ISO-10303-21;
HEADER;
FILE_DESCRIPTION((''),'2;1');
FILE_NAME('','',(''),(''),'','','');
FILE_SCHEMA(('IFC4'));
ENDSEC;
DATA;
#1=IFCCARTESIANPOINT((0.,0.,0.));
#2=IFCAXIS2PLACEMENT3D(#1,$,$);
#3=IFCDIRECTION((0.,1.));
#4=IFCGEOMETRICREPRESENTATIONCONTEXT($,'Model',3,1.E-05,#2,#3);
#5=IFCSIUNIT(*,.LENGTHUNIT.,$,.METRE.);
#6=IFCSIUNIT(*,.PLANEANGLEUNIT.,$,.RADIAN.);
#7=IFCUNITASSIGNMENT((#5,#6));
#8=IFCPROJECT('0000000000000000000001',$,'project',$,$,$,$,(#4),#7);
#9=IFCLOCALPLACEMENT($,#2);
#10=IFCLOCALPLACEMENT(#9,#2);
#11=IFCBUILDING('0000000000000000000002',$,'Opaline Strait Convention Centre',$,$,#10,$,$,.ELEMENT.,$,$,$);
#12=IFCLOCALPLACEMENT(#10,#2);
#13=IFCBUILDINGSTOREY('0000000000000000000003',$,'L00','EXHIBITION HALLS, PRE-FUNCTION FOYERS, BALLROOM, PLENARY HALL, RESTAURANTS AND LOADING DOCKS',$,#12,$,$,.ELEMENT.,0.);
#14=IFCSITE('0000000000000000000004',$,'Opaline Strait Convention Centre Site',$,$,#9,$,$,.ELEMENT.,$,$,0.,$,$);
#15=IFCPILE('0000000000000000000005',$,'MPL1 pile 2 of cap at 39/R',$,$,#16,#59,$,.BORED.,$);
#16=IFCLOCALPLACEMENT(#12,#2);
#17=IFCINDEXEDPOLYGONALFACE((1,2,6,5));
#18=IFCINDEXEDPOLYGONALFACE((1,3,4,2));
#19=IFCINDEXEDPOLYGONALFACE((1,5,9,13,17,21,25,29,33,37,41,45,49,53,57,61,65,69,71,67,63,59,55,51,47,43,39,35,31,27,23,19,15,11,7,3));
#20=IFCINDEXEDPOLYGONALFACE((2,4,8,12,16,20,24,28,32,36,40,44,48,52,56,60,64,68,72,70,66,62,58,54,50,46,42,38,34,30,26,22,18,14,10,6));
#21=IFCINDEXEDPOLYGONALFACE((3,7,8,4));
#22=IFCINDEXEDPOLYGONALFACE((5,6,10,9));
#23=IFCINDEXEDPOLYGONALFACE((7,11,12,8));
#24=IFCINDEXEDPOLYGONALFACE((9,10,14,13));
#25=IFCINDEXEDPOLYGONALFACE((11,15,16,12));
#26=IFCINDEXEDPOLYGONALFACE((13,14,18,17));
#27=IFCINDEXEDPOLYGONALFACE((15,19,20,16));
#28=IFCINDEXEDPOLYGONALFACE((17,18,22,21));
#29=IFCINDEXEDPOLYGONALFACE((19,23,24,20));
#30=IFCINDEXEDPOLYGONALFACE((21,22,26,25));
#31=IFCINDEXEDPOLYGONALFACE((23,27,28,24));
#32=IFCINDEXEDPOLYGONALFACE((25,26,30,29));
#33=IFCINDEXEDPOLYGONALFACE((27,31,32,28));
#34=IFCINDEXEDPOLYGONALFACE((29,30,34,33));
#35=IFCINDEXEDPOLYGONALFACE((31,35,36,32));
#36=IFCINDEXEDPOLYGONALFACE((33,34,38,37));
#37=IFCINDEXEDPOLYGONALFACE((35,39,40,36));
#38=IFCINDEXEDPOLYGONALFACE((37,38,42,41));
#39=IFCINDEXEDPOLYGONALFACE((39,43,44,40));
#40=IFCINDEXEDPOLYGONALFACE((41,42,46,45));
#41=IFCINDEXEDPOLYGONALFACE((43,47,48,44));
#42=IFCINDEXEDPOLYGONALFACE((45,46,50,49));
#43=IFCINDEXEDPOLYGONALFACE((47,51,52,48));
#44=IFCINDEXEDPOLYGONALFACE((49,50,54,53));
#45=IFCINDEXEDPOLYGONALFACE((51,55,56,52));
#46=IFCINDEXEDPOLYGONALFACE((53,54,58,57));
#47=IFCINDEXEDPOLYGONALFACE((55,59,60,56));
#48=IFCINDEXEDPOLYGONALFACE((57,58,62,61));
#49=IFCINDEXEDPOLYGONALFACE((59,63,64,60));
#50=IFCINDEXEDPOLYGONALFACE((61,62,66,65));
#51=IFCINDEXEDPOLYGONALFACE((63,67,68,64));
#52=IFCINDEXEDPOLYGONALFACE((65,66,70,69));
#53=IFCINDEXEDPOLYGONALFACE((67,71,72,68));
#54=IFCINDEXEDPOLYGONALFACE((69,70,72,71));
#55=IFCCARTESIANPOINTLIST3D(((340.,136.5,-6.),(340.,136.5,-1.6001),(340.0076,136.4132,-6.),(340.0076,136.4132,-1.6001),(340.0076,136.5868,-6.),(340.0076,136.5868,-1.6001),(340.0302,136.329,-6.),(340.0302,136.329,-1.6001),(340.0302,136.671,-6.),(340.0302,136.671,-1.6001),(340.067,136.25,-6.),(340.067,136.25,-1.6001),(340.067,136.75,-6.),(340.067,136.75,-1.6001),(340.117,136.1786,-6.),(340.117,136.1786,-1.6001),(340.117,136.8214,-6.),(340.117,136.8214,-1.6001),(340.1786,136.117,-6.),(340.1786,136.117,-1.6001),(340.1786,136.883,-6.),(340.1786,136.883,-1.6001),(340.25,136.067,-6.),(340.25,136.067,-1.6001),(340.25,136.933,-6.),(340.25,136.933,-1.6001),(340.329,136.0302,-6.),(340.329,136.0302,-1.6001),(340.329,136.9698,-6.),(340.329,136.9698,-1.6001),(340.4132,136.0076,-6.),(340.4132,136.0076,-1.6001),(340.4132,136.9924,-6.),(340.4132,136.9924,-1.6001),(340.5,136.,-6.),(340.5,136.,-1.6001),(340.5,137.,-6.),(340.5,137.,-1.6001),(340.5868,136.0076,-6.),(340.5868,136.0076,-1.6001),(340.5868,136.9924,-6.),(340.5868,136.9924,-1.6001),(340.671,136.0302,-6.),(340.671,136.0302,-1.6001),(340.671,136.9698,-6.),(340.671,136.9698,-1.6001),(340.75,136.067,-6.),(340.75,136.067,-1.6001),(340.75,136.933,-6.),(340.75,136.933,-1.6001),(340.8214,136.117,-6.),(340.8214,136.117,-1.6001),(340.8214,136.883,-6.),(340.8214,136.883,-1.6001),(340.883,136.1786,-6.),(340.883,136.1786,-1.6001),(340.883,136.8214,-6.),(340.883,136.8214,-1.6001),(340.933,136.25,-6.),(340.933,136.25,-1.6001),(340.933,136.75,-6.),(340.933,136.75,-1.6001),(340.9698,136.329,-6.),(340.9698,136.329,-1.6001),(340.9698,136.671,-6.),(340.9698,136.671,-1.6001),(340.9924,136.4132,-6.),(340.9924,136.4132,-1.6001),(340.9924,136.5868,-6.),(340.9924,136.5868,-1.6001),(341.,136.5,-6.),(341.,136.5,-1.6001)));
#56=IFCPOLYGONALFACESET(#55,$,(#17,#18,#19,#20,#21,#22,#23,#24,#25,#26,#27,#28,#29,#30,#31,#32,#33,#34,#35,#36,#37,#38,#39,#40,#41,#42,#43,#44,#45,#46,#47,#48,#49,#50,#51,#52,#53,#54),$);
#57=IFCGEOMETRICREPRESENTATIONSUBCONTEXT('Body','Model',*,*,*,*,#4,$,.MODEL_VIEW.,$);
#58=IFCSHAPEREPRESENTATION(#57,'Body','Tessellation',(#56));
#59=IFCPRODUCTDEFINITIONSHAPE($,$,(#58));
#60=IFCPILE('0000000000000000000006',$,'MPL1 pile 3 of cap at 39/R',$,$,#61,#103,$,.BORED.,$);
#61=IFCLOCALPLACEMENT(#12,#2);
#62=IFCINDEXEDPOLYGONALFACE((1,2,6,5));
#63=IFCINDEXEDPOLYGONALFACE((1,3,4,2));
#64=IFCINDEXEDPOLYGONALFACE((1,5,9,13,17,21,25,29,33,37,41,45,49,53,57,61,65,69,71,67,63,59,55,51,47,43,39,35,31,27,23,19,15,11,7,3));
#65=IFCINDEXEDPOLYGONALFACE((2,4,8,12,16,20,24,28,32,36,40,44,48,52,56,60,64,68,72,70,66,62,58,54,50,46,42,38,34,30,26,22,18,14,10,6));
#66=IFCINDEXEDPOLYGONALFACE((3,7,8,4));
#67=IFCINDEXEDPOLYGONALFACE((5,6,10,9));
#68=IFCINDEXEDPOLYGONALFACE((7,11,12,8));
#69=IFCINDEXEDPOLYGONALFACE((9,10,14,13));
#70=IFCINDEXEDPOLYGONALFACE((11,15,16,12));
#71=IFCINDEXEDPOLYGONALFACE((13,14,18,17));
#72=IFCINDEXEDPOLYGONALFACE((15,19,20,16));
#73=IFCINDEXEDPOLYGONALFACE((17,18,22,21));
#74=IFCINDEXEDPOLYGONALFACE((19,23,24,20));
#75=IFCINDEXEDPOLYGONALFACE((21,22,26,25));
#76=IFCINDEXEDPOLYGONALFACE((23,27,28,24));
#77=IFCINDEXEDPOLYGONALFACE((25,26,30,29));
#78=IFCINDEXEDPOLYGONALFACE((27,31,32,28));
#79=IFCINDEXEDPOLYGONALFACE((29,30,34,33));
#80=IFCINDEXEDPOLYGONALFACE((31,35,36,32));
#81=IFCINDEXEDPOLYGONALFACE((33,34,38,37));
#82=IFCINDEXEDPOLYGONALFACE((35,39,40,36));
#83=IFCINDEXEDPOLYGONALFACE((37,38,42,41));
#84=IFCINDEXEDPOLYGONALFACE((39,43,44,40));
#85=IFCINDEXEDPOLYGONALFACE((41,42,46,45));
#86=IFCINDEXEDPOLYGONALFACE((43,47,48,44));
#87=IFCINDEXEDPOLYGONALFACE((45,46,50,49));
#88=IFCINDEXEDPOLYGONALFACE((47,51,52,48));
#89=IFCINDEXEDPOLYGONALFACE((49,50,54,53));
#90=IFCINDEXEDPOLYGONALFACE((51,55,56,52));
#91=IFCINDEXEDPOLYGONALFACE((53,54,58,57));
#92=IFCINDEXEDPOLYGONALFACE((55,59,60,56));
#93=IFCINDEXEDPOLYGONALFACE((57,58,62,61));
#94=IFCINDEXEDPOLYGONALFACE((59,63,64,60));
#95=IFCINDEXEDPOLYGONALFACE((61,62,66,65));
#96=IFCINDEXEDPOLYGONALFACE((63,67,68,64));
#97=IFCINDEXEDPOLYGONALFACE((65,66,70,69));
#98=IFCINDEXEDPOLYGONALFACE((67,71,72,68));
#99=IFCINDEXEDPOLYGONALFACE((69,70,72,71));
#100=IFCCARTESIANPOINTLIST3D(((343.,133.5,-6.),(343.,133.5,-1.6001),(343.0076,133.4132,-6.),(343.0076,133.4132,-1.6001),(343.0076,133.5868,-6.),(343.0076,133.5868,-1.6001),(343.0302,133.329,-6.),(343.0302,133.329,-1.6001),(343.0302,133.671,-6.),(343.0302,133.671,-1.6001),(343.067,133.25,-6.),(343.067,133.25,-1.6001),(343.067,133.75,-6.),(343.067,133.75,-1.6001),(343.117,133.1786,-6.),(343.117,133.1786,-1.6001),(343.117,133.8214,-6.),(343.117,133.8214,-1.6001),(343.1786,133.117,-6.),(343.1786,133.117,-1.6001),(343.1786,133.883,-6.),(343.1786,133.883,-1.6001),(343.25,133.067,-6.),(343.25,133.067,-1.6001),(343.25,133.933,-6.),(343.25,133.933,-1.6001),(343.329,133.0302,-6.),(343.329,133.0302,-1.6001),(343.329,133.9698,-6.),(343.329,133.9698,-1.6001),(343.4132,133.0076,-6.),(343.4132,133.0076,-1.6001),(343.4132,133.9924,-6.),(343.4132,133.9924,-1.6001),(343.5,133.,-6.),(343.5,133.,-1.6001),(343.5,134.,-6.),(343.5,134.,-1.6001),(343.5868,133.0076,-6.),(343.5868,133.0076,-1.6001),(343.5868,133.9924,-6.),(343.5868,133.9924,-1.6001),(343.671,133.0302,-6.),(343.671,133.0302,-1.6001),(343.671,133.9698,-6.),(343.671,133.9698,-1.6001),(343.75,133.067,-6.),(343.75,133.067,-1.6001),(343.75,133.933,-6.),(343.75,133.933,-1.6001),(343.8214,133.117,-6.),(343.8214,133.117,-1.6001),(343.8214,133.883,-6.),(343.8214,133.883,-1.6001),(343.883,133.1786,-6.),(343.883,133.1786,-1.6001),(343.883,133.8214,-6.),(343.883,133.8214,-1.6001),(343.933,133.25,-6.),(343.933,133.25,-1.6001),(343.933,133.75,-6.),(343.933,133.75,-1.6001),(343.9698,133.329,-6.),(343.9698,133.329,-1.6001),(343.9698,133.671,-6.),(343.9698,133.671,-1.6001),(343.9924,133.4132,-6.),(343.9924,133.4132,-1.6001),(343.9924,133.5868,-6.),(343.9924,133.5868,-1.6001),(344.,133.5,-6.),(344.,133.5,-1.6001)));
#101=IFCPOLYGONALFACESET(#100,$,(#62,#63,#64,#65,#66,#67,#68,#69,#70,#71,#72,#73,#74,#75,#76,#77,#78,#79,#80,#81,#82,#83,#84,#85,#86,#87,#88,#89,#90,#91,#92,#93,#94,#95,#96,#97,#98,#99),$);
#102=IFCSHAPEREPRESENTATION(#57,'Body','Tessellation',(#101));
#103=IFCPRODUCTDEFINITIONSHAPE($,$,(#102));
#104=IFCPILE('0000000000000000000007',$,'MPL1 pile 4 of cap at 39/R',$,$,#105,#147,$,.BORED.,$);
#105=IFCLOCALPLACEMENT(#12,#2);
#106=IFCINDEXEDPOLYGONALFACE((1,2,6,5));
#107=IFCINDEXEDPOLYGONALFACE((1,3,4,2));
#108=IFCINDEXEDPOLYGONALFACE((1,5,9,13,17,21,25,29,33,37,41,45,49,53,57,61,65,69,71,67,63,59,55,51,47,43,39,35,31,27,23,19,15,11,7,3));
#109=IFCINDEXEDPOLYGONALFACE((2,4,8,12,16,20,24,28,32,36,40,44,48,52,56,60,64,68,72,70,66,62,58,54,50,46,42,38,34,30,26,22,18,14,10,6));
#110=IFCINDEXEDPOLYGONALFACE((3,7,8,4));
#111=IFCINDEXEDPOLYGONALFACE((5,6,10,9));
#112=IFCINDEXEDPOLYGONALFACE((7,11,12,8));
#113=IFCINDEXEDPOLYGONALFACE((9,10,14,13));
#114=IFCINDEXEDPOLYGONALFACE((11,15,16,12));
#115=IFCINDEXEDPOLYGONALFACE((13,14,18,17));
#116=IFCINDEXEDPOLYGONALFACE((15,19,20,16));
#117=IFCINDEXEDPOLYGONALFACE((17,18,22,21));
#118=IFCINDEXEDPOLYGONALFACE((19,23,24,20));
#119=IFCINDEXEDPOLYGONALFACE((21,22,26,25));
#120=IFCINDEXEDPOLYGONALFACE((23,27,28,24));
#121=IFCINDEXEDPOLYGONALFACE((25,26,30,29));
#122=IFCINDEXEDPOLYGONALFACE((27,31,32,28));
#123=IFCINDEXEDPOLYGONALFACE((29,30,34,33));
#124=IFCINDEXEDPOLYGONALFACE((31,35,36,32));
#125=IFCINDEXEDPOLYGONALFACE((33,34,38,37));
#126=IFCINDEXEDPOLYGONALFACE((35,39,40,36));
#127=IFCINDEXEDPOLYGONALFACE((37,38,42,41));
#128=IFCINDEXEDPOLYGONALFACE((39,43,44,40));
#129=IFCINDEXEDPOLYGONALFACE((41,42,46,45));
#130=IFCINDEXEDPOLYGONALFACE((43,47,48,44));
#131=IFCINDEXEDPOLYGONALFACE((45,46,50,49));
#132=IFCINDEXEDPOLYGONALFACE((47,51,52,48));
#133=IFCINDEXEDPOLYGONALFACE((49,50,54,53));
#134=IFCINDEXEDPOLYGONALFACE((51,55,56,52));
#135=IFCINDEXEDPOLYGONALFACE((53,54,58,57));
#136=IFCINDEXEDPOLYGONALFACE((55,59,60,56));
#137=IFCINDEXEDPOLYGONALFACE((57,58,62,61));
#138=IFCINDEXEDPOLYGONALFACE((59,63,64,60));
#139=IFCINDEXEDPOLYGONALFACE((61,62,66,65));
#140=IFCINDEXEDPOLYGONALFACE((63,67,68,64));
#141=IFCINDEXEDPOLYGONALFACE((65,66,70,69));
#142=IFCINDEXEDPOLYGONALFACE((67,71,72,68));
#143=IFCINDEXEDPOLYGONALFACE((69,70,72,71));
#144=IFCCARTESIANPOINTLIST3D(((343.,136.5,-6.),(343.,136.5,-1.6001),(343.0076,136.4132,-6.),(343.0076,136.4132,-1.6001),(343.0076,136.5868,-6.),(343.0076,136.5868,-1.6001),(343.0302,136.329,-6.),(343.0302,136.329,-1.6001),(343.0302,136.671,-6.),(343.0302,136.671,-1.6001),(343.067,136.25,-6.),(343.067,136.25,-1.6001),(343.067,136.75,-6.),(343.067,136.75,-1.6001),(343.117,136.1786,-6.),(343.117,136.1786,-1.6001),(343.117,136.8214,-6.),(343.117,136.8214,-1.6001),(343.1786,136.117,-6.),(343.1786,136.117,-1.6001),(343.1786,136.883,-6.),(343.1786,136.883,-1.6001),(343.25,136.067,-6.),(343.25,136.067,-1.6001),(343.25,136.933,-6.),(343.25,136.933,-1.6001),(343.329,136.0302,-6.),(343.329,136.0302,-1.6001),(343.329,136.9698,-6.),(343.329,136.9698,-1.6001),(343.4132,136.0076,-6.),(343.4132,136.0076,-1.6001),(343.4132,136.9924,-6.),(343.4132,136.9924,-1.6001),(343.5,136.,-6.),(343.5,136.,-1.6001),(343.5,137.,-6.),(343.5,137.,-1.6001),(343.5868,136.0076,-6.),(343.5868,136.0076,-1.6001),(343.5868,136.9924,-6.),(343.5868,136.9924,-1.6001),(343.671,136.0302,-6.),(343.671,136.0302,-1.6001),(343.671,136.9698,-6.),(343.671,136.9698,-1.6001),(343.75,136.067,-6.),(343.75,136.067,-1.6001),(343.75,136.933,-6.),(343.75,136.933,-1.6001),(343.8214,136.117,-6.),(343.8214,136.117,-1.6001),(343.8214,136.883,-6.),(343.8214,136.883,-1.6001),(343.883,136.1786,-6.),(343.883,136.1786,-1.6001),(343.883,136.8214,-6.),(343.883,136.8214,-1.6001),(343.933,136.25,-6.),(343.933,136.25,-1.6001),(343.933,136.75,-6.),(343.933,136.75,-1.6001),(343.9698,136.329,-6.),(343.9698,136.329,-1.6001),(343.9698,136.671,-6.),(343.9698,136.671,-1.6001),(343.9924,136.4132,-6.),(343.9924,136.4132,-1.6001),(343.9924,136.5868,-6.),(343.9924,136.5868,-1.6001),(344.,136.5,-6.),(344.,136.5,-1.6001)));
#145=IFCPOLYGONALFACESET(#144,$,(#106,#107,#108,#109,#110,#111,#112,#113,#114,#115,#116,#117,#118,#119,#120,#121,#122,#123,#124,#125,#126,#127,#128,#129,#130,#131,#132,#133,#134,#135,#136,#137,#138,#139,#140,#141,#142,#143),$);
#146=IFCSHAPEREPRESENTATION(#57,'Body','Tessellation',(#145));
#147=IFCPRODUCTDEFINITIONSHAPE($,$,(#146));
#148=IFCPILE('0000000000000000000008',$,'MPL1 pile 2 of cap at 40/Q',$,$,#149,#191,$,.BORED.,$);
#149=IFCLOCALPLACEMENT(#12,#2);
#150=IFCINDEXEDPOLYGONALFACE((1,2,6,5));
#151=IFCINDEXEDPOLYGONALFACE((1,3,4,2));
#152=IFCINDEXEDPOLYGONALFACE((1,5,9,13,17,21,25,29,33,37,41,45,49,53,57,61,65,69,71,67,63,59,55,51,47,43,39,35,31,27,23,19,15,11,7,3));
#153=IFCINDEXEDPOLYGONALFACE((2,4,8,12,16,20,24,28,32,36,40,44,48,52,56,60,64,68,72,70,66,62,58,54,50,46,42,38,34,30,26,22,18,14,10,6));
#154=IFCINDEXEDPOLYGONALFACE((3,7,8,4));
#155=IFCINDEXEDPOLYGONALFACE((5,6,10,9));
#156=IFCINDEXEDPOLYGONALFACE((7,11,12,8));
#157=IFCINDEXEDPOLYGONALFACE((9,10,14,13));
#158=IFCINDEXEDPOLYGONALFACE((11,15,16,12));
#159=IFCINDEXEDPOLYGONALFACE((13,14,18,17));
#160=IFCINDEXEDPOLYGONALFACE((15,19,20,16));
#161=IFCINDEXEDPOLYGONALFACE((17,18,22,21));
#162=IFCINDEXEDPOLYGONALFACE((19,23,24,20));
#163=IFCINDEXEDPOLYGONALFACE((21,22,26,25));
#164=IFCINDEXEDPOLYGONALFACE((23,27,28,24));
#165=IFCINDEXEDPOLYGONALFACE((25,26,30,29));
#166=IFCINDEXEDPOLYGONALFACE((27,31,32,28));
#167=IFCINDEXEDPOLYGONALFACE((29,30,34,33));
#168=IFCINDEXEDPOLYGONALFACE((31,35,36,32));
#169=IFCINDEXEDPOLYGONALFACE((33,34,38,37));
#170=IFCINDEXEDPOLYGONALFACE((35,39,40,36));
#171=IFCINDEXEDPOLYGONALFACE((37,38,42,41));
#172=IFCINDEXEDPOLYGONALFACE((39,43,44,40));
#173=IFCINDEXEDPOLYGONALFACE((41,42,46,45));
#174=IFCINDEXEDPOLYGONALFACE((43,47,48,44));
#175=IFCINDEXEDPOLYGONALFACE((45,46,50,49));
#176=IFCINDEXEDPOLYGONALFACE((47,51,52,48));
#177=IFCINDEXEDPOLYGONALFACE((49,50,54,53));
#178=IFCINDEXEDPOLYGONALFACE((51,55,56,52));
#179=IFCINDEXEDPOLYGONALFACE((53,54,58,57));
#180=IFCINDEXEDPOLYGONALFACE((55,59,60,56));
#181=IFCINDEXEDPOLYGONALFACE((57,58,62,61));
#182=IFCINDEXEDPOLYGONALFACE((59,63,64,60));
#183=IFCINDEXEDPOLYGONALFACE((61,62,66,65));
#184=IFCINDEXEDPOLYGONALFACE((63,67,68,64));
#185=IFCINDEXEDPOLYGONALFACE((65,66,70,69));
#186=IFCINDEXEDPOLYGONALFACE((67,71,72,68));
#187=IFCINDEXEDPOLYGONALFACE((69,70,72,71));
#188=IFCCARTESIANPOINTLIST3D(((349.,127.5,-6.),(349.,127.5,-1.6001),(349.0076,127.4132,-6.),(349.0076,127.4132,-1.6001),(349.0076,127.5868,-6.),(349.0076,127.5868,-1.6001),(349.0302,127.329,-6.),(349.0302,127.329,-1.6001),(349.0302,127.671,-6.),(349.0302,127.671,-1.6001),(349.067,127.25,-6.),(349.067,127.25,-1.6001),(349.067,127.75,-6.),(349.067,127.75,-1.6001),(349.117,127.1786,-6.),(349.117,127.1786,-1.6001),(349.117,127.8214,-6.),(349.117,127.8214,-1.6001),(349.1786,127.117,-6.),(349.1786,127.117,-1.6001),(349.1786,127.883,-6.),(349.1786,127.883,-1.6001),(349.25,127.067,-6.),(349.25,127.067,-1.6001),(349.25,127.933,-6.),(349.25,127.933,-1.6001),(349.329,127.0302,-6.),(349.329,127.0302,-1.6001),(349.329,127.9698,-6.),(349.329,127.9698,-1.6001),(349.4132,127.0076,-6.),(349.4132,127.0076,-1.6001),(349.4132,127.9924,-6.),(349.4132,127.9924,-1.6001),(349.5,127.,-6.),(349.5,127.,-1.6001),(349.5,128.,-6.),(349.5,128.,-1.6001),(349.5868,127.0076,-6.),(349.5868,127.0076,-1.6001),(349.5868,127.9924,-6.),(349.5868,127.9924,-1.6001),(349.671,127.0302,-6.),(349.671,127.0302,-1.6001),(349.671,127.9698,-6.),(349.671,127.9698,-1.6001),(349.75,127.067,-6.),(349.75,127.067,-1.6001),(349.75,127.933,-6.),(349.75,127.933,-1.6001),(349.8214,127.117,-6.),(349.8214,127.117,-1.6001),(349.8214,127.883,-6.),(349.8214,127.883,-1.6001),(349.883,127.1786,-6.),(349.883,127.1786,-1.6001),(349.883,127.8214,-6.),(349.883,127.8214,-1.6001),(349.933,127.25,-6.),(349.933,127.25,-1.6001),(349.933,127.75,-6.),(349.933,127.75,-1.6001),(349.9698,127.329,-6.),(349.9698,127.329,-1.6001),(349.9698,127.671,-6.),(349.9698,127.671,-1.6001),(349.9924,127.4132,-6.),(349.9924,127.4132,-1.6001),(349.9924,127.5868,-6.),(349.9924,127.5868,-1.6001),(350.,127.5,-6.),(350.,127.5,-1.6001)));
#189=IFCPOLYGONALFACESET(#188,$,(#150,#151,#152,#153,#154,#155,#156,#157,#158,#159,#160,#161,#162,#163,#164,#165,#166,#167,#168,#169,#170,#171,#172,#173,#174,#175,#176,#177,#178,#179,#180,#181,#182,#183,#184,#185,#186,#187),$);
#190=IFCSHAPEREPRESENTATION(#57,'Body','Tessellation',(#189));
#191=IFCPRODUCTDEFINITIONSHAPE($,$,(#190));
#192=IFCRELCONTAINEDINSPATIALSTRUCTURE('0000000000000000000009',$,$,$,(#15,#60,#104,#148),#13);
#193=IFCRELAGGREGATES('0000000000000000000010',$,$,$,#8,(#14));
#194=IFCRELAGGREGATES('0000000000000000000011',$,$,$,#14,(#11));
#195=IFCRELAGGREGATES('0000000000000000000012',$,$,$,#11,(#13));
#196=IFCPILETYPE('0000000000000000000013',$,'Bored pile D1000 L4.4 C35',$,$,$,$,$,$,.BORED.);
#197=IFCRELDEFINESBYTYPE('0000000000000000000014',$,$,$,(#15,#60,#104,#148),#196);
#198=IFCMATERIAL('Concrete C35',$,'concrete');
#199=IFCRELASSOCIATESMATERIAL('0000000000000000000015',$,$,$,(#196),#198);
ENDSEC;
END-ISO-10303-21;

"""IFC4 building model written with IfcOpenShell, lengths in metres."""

from ifc_helpers import new_model, si_unit, direction, frame, origin, origin_2d, place, context, subcontext, project, spatial, circle, extrude, material, material_profile, profile_set, type_object, element, save


model = new_model("IFC4")

# Units and contexts
model_context = context("Model", 3, precision=1e-05, world=origin(), true_north=direction((0.0, 1.0)))
body_context = subcontext(model_context, "Body", "Model", "MODEL_VIEW")
ifc_project = project(units=[si_unit("LENGTHUNIT", "METRE"), si_unit("PLANEANGLEUNIT", "RADIAN")], contexts=[model_context])

# Site, building, storey
site_placement = place(None, origin())
site = spatial("IfcSite", under=ifc_project, at=site_placement, Name="Opaline Strait Convention Centre Site", CompositionType="ELEMENT", RefElevation=0.0)
building_placement = place(site_placement, origin())
building = spatial("IfcBuilding", under=site, at=building_placement, Name="Opaline Strait Convention Centre", CompositionType="ELEMENT")
storey_placement = place(building_placement, origin())
storey = spatial("IfcBuildingStorey", under=building, at=storey_placement, Name="L00", Description="EXHIBITION HALLS, PRE-FUNCTION FOYERS, BALLROOM, PLENARY HALL, RESTAURANTS AND LOADING DOCKS", CompositionType="ELEMENT", Elevation=0.0)

# Piles
ifc_material_1 = material(Name="Concrete C35", Category="concrete")
ifc_material_profile_1 = material_profile(ifc_material_1, circle(Radius=0.5, at=origin_2d()), Name="D1000")
ifc_profile_set_1 = profile_set([ifc_material_profile_1], Name="Concrete C35")
pile_type = type_object("IfcPileType", Name="Bored pile D1000 L4.4 C35", PredefinedType="BORED", material=ifc_profile_set_1)
for number, where, z_axis, x_axis, name in (
    (1, (340.5, 136.5, -1.6001), (0.0, 0.0, -1.0), (1.0, 0.0, 0.0), "MPL1 pile 2 of cap at 39/R"),
    (2, (343.5, 133.5, -1.6001), (0.0, 0.0, -1.0), (1.0, 0.0, 0.0), "MPL1 pile 3 of cap at 39/R"),
    (3, (343.5, 136.5, -1.6001), (0.0, 0.0, -1.0), (1.0, 0.0, 0.0), "MPL1 pile 4 of cap at 39/R"),
    (4, (349.5, 127.5, -1.6001), (0.0, 0.0, -1.0), (1.0, 0.0, 0.0), "MPL1 pile 2 of cap at 40/Q"),
):
    element("IfcPile", number, at=place(storey_placement, frame(where, z_axis=z_axis, x_axis=x_axis)), inside=storey, type_object=pile_type, Name=name, PredefinedType="BORED", context=body_context, shape_type="SweptSolid", body=[
        extrude(circle(Radius=0.5, at=origin_2d()), origin(), (0.0, 0.0, 1.0), 4.3999),
    ])

save(model, "model.ifc")
